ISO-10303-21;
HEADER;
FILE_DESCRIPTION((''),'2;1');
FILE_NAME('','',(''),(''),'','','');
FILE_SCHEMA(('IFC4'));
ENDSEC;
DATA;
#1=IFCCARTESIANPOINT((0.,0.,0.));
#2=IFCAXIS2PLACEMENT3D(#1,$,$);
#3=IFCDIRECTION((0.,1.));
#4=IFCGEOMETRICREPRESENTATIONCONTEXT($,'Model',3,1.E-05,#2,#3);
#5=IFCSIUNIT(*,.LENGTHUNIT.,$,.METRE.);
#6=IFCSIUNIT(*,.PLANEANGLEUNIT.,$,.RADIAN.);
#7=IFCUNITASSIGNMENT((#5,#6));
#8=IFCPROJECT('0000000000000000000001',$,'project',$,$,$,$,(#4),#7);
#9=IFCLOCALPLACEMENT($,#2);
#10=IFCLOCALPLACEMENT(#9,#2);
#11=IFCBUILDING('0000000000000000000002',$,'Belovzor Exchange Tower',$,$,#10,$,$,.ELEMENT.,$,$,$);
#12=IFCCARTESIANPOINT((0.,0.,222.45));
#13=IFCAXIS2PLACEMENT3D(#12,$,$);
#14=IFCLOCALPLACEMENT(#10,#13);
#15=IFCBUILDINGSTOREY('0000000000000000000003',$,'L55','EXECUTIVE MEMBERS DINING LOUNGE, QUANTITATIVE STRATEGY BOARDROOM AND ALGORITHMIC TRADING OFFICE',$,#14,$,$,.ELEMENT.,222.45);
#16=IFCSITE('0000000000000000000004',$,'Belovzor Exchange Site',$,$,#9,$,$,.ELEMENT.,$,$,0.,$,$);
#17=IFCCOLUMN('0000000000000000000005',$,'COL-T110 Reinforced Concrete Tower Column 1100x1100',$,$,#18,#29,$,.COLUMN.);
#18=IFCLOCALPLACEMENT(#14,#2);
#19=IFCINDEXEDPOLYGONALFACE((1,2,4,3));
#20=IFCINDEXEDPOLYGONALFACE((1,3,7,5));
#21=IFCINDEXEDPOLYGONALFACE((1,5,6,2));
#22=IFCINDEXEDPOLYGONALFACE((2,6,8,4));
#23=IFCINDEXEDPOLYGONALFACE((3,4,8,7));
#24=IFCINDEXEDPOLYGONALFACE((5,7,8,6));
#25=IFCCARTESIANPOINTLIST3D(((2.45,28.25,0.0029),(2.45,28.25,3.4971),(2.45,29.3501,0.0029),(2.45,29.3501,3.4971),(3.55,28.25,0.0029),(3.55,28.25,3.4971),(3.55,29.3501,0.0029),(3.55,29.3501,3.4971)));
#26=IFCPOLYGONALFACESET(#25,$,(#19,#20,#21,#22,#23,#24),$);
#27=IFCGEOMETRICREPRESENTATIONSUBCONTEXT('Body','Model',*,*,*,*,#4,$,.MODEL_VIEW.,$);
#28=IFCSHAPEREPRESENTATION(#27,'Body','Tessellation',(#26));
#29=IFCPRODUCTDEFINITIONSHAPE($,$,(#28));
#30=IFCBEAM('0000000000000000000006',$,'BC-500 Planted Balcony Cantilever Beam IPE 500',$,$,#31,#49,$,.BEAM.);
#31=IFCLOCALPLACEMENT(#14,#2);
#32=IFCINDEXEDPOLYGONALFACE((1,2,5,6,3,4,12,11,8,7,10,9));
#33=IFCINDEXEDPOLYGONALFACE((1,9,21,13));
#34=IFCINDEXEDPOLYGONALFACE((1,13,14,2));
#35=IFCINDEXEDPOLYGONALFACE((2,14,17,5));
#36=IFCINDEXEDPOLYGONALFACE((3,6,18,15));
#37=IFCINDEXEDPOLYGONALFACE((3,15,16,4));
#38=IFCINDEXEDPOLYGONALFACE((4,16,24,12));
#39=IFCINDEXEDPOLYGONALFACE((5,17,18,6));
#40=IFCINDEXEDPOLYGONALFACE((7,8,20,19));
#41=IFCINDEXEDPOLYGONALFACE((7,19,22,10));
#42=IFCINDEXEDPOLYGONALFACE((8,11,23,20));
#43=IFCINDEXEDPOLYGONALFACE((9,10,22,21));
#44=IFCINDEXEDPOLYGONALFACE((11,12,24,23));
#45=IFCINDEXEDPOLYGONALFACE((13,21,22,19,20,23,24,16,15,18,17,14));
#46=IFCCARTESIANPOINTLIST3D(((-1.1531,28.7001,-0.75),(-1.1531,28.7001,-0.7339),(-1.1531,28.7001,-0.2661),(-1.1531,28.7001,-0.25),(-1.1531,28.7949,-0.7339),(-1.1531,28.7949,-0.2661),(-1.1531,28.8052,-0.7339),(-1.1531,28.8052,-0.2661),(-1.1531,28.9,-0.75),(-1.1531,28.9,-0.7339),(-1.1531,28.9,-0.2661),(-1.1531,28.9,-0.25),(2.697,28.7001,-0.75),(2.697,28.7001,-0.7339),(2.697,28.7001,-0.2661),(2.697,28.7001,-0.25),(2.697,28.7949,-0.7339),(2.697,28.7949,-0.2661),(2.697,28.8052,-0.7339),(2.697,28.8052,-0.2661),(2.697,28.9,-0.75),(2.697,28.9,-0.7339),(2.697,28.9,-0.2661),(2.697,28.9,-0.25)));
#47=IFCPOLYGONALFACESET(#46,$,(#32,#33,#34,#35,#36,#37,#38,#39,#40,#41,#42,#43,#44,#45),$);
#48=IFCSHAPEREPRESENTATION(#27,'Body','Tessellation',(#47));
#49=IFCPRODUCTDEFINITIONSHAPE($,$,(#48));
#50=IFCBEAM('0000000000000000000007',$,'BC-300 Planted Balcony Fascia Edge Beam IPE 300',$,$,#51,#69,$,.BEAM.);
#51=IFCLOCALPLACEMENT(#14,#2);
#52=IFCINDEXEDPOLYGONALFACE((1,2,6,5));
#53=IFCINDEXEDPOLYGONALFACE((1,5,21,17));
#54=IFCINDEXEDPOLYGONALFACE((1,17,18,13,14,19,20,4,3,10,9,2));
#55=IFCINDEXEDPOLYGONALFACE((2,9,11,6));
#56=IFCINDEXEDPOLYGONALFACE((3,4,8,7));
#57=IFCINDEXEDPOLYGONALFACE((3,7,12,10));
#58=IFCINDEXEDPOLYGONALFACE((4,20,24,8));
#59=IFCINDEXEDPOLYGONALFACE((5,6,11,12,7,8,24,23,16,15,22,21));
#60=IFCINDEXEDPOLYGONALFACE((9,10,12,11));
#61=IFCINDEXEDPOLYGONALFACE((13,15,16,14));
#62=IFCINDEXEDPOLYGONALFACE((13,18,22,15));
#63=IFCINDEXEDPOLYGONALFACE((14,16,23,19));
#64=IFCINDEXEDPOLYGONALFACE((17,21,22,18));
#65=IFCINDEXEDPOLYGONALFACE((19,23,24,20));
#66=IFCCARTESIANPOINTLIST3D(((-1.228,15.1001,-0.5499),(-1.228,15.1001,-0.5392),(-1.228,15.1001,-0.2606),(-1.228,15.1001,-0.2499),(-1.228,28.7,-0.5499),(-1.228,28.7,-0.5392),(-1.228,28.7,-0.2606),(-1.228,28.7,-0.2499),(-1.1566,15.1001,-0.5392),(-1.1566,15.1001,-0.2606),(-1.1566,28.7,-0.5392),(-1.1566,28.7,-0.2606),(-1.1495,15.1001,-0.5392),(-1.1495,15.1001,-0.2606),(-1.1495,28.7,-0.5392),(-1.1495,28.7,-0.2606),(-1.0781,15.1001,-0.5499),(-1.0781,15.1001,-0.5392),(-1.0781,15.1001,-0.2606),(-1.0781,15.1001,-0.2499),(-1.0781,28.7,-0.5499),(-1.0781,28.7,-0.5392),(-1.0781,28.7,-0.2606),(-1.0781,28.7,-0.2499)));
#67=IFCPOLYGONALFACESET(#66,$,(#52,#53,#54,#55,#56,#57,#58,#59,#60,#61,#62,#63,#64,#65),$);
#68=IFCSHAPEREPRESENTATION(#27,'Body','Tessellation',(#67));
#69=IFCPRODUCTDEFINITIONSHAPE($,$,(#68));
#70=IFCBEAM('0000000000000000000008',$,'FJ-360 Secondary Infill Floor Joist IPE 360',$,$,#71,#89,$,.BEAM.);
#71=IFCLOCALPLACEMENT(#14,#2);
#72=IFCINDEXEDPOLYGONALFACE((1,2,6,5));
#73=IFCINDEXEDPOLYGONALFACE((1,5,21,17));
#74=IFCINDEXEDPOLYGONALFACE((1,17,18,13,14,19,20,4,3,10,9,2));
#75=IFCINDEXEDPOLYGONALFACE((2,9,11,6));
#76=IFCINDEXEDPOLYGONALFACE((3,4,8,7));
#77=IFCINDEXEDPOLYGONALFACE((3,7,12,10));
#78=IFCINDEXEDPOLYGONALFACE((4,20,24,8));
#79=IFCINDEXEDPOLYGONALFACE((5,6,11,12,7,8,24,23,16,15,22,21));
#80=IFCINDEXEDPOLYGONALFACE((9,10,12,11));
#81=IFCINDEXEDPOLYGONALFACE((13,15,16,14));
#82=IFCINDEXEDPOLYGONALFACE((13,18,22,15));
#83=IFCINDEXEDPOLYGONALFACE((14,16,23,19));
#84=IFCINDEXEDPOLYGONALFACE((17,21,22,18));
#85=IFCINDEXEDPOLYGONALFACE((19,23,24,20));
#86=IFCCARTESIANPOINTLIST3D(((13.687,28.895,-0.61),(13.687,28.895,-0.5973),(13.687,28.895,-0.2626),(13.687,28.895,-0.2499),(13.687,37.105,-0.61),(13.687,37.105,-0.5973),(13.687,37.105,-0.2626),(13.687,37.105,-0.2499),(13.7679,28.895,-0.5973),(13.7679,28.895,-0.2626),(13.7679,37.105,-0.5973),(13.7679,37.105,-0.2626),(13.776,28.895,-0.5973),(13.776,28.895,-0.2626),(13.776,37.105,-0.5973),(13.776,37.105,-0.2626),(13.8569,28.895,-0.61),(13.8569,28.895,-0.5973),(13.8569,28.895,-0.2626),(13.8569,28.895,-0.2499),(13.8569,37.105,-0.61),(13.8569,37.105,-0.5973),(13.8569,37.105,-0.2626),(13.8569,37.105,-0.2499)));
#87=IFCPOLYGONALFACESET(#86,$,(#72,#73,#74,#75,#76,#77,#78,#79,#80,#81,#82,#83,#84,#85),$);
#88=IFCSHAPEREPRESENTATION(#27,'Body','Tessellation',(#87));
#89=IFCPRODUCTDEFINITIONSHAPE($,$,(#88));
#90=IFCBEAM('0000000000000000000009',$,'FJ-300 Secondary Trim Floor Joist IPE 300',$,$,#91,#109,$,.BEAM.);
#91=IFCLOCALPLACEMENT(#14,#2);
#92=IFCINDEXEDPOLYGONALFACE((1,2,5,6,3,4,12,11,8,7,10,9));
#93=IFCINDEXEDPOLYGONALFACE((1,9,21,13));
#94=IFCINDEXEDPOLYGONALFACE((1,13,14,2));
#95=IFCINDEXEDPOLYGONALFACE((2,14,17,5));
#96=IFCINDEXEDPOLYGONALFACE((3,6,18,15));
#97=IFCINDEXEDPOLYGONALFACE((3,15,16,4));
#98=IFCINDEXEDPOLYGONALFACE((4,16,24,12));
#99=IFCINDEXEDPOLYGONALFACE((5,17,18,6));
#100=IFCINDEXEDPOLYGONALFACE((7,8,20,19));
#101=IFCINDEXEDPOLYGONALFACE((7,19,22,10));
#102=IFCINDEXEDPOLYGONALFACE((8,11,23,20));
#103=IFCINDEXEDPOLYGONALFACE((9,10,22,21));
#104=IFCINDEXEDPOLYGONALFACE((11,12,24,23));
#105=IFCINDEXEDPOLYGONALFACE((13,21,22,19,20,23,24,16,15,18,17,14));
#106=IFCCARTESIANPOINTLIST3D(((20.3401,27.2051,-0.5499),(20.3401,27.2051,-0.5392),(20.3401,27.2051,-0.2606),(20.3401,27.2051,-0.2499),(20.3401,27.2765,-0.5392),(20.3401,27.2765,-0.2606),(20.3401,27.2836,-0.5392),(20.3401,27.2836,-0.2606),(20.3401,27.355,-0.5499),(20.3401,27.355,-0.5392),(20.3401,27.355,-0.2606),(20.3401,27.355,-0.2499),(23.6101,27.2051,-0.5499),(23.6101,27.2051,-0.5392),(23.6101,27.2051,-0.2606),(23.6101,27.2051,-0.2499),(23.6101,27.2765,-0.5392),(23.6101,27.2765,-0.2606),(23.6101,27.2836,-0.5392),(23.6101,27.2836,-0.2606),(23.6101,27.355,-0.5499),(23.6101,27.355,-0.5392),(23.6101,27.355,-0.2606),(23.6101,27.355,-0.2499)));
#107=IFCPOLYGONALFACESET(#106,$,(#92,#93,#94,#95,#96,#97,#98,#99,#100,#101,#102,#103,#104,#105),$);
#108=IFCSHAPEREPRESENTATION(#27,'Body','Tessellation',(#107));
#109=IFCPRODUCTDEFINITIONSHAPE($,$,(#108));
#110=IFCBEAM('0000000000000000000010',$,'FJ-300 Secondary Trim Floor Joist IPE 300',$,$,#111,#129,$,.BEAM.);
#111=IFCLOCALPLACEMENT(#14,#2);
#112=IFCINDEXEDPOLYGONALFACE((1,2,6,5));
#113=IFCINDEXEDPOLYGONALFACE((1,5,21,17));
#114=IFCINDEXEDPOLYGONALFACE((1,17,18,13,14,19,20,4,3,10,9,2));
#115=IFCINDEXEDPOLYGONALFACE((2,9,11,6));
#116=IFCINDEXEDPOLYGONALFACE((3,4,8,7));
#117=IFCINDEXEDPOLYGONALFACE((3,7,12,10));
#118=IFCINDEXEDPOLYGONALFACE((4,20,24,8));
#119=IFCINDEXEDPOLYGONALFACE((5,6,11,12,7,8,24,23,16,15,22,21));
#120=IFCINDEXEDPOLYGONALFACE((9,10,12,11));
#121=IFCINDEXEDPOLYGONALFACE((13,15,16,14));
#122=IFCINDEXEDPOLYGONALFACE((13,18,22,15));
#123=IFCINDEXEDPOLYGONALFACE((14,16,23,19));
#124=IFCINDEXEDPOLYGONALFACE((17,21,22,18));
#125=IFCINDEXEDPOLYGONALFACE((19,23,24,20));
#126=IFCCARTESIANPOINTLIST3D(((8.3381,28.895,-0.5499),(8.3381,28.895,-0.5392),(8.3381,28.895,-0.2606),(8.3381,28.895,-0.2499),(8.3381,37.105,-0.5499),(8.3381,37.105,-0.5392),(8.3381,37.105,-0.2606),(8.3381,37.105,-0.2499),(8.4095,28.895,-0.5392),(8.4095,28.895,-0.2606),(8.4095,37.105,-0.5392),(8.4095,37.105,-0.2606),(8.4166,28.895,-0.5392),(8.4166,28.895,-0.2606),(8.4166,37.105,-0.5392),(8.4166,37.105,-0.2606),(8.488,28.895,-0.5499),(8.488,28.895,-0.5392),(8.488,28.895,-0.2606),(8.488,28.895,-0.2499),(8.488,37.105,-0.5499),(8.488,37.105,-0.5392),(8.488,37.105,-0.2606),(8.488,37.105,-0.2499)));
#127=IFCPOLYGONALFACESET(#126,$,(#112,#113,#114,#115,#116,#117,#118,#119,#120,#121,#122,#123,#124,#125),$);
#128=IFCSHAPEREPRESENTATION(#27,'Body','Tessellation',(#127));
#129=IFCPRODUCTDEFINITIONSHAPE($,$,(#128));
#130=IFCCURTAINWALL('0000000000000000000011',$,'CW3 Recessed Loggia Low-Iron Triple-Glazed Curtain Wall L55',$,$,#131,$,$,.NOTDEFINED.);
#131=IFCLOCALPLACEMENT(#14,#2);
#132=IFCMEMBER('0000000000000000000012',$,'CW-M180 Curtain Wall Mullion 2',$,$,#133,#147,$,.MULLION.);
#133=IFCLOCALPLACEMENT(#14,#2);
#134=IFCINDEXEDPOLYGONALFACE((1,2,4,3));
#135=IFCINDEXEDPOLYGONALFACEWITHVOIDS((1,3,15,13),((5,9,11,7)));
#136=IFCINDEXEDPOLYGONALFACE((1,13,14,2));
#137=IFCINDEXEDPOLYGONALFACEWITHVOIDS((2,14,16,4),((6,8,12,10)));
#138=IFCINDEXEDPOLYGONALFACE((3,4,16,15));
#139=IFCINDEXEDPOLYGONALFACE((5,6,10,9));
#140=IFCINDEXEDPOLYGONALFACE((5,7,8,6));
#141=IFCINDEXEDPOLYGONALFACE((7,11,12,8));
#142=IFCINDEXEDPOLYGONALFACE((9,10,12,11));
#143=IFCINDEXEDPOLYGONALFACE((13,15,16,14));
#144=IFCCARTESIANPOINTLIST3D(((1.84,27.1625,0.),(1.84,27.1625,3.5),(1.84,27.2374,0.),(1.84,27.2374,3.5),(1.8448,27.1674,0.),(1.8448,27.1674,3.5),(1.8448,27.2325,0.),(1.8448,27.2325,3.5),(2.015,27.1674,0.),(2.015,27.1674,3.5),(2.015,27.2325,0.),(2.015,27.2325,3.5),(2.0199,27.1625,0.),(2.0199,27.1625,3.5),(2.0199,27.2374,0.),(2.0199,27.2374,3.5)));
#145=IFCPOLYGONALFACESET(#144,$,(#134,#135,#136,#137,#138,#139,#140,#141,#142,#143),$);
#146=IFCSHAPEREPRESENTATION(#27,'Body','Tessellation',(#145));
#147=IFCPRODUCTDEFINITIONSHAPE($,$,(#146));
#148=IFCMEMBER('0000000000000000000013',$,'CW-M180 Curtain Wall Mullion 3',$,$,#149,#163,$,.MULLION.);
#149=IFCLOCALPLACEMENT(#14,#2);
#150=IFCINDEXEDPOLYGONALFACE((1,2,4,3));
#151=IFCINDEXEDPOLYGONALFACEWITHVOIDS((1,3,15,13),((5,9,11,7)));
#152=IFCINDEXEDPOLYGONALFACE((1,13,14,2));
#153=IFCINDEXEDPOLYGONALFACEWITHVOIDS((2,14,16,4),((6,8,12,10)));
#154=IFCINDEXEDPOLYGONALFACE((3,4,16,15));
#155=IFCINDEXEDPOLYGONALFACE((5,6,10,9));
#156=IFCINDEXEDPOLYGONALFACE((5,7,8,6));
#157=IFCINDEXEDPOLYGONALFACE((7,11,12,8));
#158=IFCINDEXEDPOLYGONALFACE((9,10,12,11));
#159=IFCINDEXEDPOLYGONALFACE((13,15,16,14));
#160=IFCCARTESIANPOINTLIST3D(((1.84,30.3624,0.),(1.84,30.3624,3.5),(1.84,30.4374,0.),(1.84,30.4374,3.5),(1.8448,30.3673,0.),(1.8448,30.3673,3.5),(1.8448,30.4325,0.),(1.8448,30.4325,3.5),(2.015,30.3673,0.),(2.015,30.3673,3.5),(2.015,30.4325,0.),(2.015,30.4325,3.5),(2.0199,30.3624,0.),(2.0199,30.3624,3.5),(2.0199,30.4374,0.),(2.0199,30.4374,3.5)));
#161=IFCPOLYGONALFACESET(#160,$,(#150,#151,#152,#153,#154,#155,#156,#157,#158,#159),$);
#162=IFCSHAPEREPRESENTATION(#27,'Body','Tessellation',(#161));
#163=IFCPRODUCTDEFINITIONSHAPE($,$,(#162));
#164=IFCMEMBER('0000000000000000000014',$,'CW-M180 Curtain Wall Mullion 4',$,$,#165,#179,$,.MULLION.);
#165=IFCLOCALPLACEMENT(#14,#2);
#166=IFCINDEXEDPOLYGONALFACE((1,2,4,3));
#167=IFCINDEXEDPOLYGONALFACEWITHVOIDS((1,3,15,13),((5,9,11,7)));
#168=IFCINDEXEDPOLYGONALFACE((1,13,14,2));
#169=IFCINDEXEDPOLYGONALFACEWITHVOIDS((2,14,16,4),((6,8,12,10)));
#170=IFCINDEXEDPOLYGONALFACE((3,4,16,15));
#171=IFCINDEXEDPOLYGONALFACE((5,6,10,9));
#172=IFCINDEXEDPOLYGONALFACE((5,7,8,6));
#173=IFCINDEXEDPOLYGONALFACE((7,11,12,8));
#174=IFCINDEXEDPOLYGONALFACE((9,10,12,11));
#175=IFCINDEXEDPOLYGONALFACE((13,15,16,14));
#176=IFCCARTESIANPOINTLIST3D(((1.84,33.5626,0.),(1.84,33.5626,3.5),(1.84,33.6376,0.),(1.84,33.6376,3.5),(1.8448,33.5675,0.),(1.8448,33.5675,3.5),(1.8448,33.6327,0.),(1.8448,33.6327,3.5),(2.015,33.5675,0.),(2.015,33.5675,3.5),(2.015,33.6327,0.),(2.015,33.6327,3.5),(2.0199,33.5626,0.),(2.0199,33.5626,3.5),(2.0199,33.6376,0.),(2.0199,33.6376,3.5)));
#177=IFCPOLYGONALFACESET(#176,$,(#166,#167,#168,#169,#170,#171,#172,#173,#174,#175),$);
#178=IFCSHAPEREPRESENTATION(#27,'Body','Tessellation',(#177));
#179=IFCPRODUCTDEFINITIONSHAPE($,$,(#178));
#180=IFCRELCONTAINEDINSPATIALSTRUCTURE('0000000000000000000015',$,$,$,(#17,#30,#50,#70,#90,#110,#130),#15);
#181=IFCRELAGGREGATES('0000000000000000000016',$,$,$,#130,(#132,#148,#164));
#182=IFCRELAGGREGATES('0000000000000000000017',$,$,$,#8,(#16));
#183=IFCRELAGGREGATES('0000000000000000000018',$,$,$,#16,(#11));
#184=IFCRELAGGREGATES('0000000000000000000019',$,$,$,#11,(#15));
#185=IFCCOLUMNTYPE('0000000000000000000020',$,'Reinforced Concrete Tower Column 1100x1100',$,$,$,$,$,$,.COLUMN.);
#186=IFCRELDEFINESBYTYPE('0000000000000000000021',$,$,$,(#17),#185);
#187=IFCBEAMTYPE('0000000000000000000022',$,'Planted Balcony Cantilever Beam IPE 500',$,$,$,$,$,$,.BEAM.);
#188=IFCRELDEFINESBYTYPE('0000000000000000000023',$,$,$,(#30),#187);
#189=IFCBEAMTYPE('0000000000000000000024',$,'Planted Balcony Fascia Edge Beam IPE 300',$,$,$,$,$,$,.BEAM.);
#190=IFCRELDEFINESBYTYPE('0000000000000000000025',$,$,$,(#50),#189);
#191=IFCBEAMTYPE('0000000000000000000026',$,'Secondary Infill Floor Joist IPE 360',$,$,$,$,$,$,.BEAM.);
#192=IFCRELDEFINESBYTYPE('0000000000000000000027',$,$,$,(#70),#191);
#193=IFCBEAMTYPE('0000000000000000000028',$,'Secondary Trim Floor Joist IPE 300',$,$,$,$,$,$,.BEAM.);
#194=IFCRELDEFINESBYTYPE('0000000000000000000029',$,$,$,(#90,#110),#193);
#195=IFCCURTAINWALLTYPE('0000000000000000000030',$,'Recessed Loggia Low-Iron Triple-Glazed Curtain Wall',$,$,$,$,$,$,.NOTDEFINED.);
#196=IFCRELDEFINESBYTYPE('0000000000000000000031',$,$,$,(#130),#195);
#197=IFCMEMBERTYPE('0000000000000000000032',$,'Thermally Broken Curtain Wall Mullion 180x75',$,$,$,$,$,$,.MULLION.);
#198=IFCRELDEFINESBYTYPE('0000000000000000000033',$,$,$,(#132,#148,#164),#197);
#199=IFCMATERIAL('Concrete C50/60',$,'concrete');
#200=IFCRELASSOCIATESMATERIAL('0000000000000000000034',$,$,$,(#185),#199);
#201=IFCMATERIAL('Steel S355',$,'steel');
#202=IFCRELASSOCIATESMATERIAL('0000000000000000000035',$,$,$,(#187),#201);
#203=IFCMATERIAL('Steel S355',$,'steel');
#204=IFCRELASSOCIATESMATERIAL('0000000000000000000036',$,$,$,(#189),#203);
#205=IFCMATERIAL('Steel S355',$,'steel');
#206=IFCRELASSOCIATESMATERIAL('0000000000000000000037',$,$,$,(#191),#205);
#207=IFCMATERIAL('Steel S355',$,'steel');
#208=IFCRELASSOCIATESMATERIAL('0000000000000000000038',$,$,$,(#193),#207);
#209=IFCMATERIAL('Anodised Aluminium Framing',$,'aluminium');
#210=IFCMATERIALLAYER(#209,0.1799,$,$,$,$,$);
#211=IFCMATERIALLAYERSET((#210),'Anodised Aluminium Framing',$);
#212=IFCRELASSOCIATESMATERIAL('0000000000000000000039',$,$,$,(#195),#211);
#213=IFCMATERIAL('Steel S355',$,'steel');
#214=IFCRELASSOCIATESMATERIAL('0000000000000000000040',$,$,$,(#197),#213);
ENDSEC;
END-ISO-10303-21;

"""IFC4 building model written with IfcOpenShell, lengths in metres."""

from ifc_helpers import new_model, si_unit, direction, frame, origin, origin_2d, place, context, subcontext, project, spatial, rectangle, hollow_rectangle, i_section, extrude, material, layer, layer_set, material_profile, profile_set, type_object, element, aggregate, save


model = new_model("IFC4")

# Units and contexts
model_context = context("Model", 3, precision=1e-05, world=origin(), true_north=direction((0.0, 1.0)))
body_context = subcontext(model_context, "Body", "Model", "MODEL_VIEW")
ifc_project = project(units=[si_unit("LENGTHUNIT", "METRE"), si_unit("PLANEANGLEUNIT", "RADIAN")], contexts=[model_context])

# Site, building, storey
site_placement = place(None, origin())
site = spatial("IfcSite", under=ifc_project, at=site_placement, Name="Belovzor Exchange Site", CompositionType="ELEMENT", RefElevation=0.0)
building_placement = place(site_placement, origin())
building = spatial("IfcBuilding", under=site, at=building_placement, Name="Belovzor Exchange Tower", CompositionType="ELEMENT")
storey_placement = place(building_placement, frame((0.0, 0.0, 222.45)))
storey = spatial("IfcBuildingStorey", under=building, at=storey_placement, Name="L55", Description="EXECUTIVE MEMBERS DINING LOUNGE, QUANTITATIVE STRATEGY BOARDROOM AND ALGORITHMIC TRADING OFFICE", CompositionType="ELEMENT", Elevation=222.45)

# Column
ifc_material_1 = material(Name="Concrete C50/60", Category="concrete")
ifc_material_profile_1 = material_profile(ifc_material_1, rectangle(XDim=1.1001, YDim=1.1001, at=origin_2d()))
ifc_profile_set_1 = profile_set([ifc_material_profile_1], Name="Concrete C50/60")
column_type = type_object("IfcColumnType", Name="Reinforced Concrete Tower Column 1100x1100", PredefinedType="COLUMN", material=ifc_profile_set_1)
column_placement = place(storey_placement, frame((3.0, 28.8, 0.0029), z_axis=(0.0, 0.0, 1.0), x_axis=(1.0, 0.0, 0.0)))
element("IfcColumn", 1, at=column_placement, inside=storey, type_object=column_type, Name="COL-T110 Reinforced Concrete Tower Column 1100x1100", PredefinedType="COLUMN", context=body_context, shape_type="SweptSolid", body=[
    extrude(rectangle(XDim=1.1001, YDim=1.1001, at=origin_2d()), origin(), (0.0, 0.0, 1.0), 3.4941),
])

# Beams
ifc_material_2 = material(Name="Steel S355", Category="steel")
ifc_material_profile_2 = material_profile(ifc_material_2, i_section(OverallWidth=0.2, OverallDepth=0.5, WebThickness=0.0103, FlangeThickness=0.0161, at=origin_2d()))
ifc_profile_set_2 = profile_set([ifc_material_profile_2], Name="Steel S355")
beam_type_1 = type_object("IfcBeamType", Name="Planted Balcony Cantilever Beam IPE 500", PredefinedType="BEAM", material=ifc_profile_set_2)
beam_1_placement = place(storey_placement, frame((2.697, 28.8, -0.5), z_axis=(-1.0, 0.0, 0.0), x_axis=(0.0, -1.0, 0.0)))
element("IfcBeam", 2, at=beam_1_placement, inside=storey, type_object=beam_type_1, Name="BC-500 Planted Balcony Cantilever Beam IPE 500", PredefinedType="BEAM", context=body_context, shape_type="SweptSolid", body=[
    extrude(i_section(OverallWidth=0.2, OverallDepth=0.5, WebThickness=0.0103, FlangeThickness=0.0161, at=origin_2d()), origin(), (0.0, 0.0, 1.0), 3.8501),
])
ifc_material_3 = material(Name="Steel S355", Category="steel")
ifc_material_profile_3 = material_profile(ifc_material_3, i_section(OverallWidth=0.1499, OverallDepth=0.3, WebThickness=0.0071, FlangeThickness=0.0107, at=origin_2d()))
ifc_profile_set_3 = profile_set([ifc_material_profile_3], Name="Steel S355")
beam_type_2 = type_object("IfcBeamType", Name="Planted Balcony Fascia Edge Beam IPE 300", PredefinedType="BEAM", material=ifc_profile_set_3)
beam_2_placement = place(storey_placement, frame((-1.1531, 28.7, -0.3999), z_axis=(0.0, -1.0, 0.0), x_axis=(1.0, 0.0, 0.0)))
element("IfcBeam", 3, at=beam_2_placement, inside=storey, type_object=beam_type_2, Name="BC-300 Planted Balcony Fascia Edge Beam IPE 300", PredefinedType="BEAM", context=body_context, shape_type="SweptSolid", body=[
    extrude(i_section(OverallWidth=0.1499, OverallDepth=0.3, WebThickness=0.0071, FlangeThickness=0.0107, at=origin_2d()), origin(), (0.0, 0.0, 1.0), 13.5999),
])
ifc_material_4 = material(Name="Steel S355", Category="steel")
ifc_material_profile_4 = material_profile(ifc_material_4, i_section(OverallWidth=0.1699, OverallDepth=0.3601, WebThickness=0.0081, FlangeThickness=0.0127, at=origin_2d()))
ifc_profile_set_4 = profile_set([ifc_material_profile_4], Name="Steel S355")
beam_type_3 = type_object("IfcBeamType", Name="Secondary Infill Floor Joist IPE 360", PredefinedType="BEAM", material=ifc_profile_set_4)
beam_3_placement = place(storey_placement, frame((13.772, 28.895, -0.4299), z_axis=(0.0, 1.0, 0.0), x_axis=(-1.0, 0.0, 0.0)))
element("IfcBeam", 4, at=beam_3_placement, inside=storey, type_object=beam_type_3, Name="FJ-360 Secondary Infill Floor Joist IPE 360", PredefinedType="BEAM", context=body_context, shape_type="SweptSolid", body=[
    extrude(i_section(OverallWidth=0.1699, OverallDepth=0.3601, WebThickness=0.0081, FlangeThickness=0.0127, at=origin_2d()), origin(), (0.0, 0.0, 1.0), 8.21),
])
ifc_material_5 = material(Name="Steel S355", Category="steel")
ifc_material_profile_5 = material_profile(ifc_material_5, i_section(OverallWidth=0.1499, OverallDepth=0.3, WebThickness=0.0071, FlangeThickness=0.0107, at=origin_2d()))
ifc_profile_set_5 = profile_set([ifc_material_profile_5], Name="Steel S355")
beam_type_4 = type_object("IfcBeamType", Name="Secondary Trim Floor Joist IPE 300", PredefinedType="BEAM", material=ifc_profile_set_5)
beam_4_placement = place(storey_placement, frame((20.3401, 27.28, -0.3999), z_axis=(1.0, 0.0, 0.0), x_axis=(0.0, 1.0, 0.0)))
element("IfcBeam", 5, at=beam_4_placement, inside=storey, type_object=beam_type_4, Name="FJ-300 Secondary Trim Floor Joist IPE 300", PredefinedType="BEAM", context=body_context, shape_type="SweptSolid", body=[
    extrude(i_section(OverallWidth=0.1499, OverallDepth=0.3, WebThickness=0.0071, FlangeThickness=0.0107, at=origin_2d()), origin(), (0.0, 0.0, 1.0), 3.27),
])
beam_5_placement = place(storey_placement, frame((8.4131, 28.895, -0.3999), z_axis=(0.0, 1.0, 0.0), x_axis=(-1.0, 0.0, 0.0)))
element("IfcBeam", 6, at=beam_5_placement, inside=storey, type_object=beam_type_4, Name="FJ-300 Secondary Trim Floor Joist IPE 300", PredefinedType="BEAM", context=body_context, shape_type="SweptSolid", body=[
    extrude(i_section(OverallWidth=0.1499, OverallDepth=0.3, WebThickness=0.0071, FlangeThickness=0.0107, at=origin_2d()), origin(), (0.0, 0.0, 1.0), 8.21),
])

# Curtain wall, members
ifc_material_6 = material(Name="Anodised Aluminium Framing", Category="aluminium")
ifc_layer_1 = layer(ifc_material_6, 0.1799)
ifc_layer_set_1 = layer_set([ifc_layer_1], Name="Anodised Aluminium Framing")
curtain_wall_type = type_object("IfcCurtainWallType", Name="Recessed Loggia Low-Iron Triple-Glazed Curtain Wall", PredefinedType="NOTDEFINED", material=ifc_layer_set_1)
curtain_wall_placement = place(storey_placement, origin())
curtain_wall = element("IfcCurtainWall", 7, at=curtain_wall_placement, inside=storey, type_object=curtain_wall_type, Name="CW3 Recessed Loggia Low-Iron Triple-Glazed Curtain Wall L55", PredefinedType="NOTDEFINED")
ifc_material_7 = material(Name="Steel S355", Category="steel")
ifc_material_profile_6 = material_profile(ifc_material_7, hollow_rectangle(XDim=0.075, YDim=0.1799, WallThickness=0.0049, at=origin_2d()))
ifc_profile_set_6 = profile_set([ifc_material_profile_6], Name="Steel S355")
member_type_1 = type_object("IfcMemberType", Name="Thermally Broken Curtain Wall Mullion 180x75", PredefinedType="MULLION", material=ifc_profile_set_6)
member_1_placement = place(storey_placement, frame((1.9299, 27.2, 0.0), z_axis=(0.0, 0.0, 1.0), x_axis=(0.0, 1.0, 0.0)))
member_1 = element("IfcMember", 8, at=member_1_placement, type_object=member_type_1, Name="CW-M180 Curtain Wall Mullion 2", PredefinedType="MULLION", context=body_context, shape_type="SweptSolid", body=[
    extrude(hollow_rectangle(XDim=0.075, YDim=0.1799, WallThickness=0.0049, at=origin_2d()), origin(), (0.0, 0.0, 1.0), 3.5),
])
member_2_placement = place(storey_placement, frame((1.9299, 30.3999, 0.0), z_axis=(0.0, 0.0, 1.0), x_axis=(0.0, 1.0, 0.0)))
member_2 = element("IfcMember", 9, at=member_2_placement, type_object=member_type_1, Name="CW-M180 Curtain Wall Mullion 3", PredefinedType="MULLION", context=body_context, shape_type="SweptSolid", body=[
    extrude(hollow_rectangle(XDim=0.075, YDim=0.1799, WallThickness=0.0049, at=origin_2d()), origin(), (0.0, 0.0, 1.0), 3.5),
])
member_3_placement = place(storey_placement, frame((1.9299, 33.6001, 0.0), z_axis=(0.0, 0.0, 1.0), x_axis=(0.0, 1.0, 0.0)))
member_3 = element("IfcMember", 10, at=member_3_placement, type_object=member_type_1, Name="CW-M180 Curtain Wall Mullion 4", PredefinedType="MULLION", context=body_context, shape_type="SweptSolid", body=[
    extrude(hollow_rectangle(XDim=0.075, YDim=0.1799, WallThickness=0.0049, at=origin_2d()), origin(), (0.0, 0.0, 1.0), 3.5),
])

aggregate(curtain_wall, [member_1, member_2, member_3])

save(model, "model.ifc")
